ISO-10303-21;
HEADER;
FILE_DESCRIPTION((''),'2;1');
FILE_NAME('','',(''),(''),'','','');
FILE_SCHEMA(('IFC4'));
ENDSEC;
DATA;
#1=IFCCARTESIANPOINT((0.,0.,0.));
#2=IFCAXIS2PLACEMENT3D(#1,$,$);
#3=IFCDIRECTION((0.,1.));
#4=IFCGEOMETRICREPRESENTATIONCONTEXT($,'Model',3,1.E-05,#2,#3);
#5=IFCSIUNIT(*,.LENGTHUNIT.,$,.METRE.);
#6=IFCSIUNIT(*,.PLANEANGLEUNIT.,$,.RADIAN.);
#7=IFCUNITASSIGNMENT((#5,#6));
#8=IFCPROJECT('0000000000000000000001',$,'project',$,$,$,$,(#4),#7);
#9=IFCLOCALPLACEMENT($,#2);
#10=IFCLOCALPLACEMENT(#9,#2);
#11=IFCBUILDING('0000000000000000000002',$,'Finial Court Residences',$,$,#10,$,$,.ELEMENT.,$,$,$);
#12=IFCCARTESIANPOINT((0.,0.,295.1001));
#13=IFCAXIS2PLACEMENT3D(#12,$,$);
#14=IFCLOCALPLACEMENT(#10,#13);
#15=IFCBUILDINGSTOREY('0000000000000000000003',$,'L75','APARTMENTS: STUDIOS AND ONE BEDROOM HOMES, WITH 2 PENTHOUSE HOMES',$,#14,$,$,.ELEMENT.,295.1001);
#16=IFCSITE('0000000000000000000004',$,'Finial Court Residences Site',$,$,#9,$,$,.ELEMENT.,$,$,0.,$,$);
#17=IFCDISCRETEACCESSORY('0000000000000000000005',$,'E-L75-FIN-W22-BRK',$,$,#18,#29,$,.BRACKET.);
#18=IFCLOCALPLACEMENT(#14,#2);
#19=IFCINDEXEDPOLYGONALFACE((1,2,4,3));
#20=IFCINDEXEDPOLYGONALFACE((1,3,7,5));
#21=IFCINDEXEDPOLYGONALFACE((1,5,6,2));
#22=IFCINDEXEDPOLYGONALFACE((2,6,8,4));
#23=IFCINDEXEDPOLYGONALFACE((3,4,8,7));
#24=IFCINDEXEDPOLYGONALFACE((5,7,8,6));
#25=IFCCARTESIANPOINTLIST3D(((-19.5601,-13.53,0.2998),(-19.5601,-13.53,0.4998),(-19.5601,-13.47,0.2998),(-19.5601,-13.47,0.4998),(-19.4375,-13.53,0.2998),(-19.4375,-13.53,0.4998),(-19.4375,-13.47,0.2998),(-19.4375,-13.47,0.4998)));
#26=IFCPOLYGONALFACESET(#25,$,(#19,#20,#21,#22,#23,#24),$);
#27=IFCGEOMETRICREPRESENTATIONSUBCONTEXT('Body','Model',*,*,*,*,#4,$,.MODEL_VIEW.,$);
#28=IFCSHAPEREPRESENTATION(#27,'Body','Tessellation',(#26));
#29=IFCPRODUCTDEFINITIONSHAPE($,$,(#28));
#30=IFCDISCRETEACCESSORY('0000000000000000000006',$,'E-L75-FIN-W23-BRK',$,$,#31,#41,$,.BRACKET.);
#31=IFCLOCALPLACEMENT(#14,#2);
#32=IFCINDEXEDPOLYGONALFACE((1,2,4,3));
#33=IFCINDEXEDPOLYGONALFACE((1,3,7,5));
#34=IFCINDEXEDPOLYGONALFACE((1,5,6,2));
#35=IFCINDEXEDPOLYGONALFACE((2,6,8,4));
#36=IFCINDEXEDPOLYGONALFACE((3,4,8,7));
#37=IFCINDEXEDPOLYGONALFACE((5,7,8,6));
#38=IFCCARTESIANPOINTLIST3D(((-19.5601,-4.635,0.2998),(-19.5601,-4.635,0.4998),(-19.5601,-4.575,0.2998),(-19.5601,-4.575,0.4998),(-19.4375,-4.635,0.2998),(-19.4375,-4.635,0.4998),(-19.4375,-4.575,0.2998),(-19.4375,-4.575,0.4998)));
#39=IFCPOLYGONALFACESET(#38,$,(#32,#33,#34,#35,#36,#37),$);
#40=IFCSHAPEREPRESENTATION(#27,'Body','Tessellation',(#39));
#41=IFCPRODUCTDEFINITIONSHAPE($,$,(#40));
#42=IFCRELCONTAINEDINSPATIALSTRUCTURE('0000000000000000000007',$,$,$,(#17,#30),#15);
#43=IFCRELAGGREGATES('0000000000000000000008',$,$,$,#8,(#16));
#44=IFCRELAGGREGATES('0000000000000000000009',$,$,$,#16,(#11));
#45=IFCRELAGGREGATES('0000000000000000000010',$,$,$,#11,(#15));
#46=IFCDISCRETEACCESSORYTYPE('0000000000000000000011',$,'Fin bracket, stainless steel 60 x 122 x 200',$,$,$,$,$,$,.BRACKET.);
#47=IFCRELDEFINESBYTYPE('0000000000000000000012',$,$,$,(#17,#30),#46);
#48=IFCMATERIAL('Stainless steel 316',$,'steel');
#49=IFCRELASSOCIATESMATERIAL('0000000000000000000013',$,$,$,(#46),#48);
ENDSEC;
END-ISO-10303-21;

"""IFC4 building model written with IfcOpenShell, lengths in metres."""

from ifc_helpers import new_model, si_unit, direction, frame, origin, origin_2d, place, context, subcontext, project, spatial, rectangle, extrude, material, type_object, element, save


model = new_model("IFC4")

# Units and contexts
model_context = context("Model", 3, precision=1e-05, world=origin(), true_north=direction((0.0, 1.0)))
body_context = subcontext(model_context, "Body", "Model", "MODEL_VIEW")
ifc_project = project(units=[si_unit("LENGTHUNIT", "METRE"), si_unit("PLANEANGLEUNIT", "RADIAN")], contexts=[model_context])

# Site, building, storey
site_placement = place(None, origin())
site = spatial("IfcSite", under=ifc_project, at=site_placement, Name="Finial Court Residences Site", CompositionType="ELEMENT", RefElevation=0.0)
building_placement = place(site_placement, origin())
building = spatial("IfcBuilding", under=site, at=building_placement, Name="Finial Court Residences", CompositionType="ELEMENT")
storey_placement = place(building_placement, frame((0.0, 0.0, 295.1001)))
storey = spatial("IfcBuildingStorey", under=building, at=storey_placement, Name="L75", Description="APARTMENTS: STUDIOS AND ONE BEDROOM HOMES, WITH 2 PENTHOUSE HOMES", CompositionType="ELEMENT", Elevation=295.1001)

# Discrete accessories
ifc_material_1 = material(Name="Stainless steel 316", Category="steel")
discrete_accessory_type = type_object("IfcDiscreteAccessoryType", Name="Fin bracket, stainless steel 60 x 122 x 200", PredefinedType="BRACKET", material=ifc_material_1)
for number, where, z_axis, x_axis, name in (
    (1, (-19.4988, -13.5, 0.2998), (0.0, 0.0, 1.0), (1.0, 0.0, 0.0), "E-L75-FIN-W22-BRK"),
    (2, (-19.4988, -4.605, 0.2998), (0.0, 0.0, 1.0), (1.0, 0.0, 0.0), "E-L75-FIN-W23-BRK"),
):
    element("IfcDiscreteAccessory", number, at=place(storey_placement, frame(where, z_axis=z_axis, x_axis=x_axis)), inside=storey, type_object=discrete_accessory_type, Name=name, PredefinedType="BRACKET", context=body_context, shape_type="SweptSolid", body=[
        extrude(rectangle(XDim=0.1226, YDim=0.0601, at=origin_2d()), origin(), (0.0, 0.0, 1.0), 0.2),
    ])

save(model, "model.ifc")
